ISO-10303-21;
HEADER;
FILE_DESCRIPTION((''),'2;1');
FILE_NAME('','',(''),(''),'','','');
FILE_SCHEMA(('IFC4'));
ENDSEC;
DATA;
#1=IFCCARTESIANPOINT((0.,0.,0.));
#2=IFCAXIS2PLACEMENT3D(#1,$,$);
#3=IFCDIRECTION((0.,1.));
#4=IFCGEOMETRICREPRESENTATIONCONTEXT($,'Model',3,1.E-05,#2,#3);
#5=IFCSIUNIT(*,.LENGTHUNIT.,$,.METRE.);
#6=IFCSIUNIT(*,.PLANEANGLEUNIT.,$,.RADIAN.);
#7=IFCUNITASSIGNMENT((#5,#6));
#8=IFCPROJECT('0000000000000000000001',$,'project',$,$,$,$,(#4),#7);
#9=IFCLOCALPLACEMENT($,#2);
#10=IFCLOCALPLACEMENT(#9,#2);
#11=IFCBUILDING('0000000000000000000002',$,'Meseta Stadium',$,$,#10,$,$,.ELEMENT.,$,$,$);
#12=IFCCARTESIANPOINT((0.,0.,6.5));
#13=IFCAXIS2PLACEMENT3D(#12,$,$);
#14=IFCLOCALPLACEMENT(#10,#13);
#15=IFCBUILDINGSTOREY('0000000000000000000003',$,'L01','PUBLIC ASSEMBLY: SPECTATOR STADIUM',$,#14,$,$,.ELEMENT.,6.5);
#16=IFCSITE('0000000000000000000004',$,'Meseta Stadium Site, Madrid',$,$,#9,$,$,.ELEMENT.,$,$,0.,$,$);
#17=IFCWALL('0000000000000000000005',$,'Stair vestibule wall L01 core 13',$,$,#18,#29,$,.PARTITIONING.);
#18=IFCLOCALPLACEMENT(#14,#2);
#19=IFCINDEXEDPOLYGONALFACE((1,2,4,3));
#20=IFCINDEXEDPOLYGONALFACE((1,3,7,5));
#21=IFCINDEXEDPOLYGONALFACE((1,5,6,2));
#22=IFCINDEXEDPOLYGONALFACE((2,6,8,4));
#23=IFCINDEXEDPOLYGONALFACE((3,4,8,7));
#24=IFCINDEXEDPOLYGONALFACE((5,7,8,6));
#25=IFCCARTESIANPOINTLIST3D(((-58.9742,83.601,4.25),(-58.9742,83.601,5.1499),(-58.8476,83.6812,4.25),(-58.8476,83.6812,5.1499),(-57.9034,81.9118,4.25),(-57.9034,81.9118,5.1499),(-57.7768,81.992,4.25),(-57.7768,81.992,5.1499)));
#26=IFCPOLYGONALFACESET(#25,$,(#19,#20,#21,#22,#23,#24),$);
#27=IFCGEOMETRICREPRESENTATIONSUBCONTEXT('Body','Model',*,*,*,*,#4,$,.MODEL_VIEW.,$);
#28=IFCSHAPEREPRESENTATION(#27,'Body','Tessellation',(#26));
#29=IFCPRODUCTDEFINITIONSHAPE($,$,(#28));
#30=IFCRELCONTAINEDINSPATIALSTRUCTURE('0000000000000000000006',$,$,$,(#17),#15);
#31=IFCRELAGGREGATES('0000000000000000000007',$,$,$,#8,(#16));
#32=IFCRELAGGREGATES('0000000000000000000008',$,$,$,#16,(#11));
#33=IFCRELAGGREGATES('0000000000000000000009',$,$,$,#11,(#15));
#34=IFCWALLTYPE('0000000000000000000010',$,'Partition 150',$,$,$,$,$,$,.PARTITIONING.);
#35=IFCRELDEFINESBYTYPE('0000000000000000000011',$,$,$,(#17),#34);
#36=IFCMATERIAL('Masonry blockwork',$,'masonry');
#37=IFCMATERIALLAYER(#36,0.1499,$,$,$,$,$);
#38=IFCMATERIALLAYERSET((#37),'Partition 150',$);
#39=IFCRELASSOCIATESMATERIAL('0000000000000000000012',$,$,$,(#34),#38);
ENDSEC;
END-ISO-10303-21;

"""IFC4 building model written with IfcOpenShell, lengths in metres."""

from ifc_helpers import new_model, si_unit, direction, frame, frame_2d, origin, place, context, subcontext, project, spatial, rectangle, extrude, material, layer, layer_set, type_object, element, save


model = new_model("IFC4")

# Units and contexts
model_context = context("Model", 3, precision=1e-05, world=origin(), true_north=direction((0.0, 1.0)))
body_context = subcontext(model_context, "Body", "Model", "MODEL_VIEW")
ifc_project = project(units=[si_unit("LENGTHUNIT", "METRE"), si_unit("PLANEANGLEUNIT", "RADIAN")], contexts=[model_context])

# Site, building, storey
site_placement = place(None, origin())
site = spatial("IfcSite", under=ifc_project, at=site_placement, Name="Meseta Stadium Site, Madrid", CompositionType="ELEMENT", RefElevation=0.0)
building_placement = place(site_placement, origin())
building = spatial("IfcBuilding", under=site, at=building_placement, Name="Meseta Stadium", CompositionType="ELEMENT")
storey_placement = place(building_placement, frame((0.0, 0.0, 6.5)))
storey = spatial("IfcBuildingStorey", under=building, at=storey_placement, Name="L01", Description="PUBLIC ASSEMBLY: SPECTATOR STADIUM", CompositionType="ELEMENT", Elevation=6.5)

# Shared definitions
ifc_material_1 = material(Name="Masonry blockwork", Category="masonry")
ifc_layer_1 = layer(ifc_material_1, 0.1499)
ifc_layer_set_1 = layer_set([ifc_layer_1], Name="Partition 150")
wall_type_1 = type_object("IfcWallType", Name="Partition 150", PredefinedType="PARTITIONING", material=ifc_layer_set_1)

# Wall
wall_1_placement = place(storey_placement, frame((-57.8401, 81.9519, 4.25), z_axis=(0.0, 0.0, 1.0), x_axis=(-0.535398, 0.8446, 0.0)))
element("IfcWall", 1, at=wall_1_placement, inside=storey, type_object=wall_type_1, Name="Stair vestibule wall L01 core 13", PredefinedType="PARTITIONING", context=body_context, shape_type="SweptSolid", body=[
    extrude(rectangle(XDim=2.0, YDim=0.1499, at=frame_2d((1.0, 0.0))), origin(), (0.0, 0.0, 1.0), 0.8999),
])

save(model, "model.ifc")
